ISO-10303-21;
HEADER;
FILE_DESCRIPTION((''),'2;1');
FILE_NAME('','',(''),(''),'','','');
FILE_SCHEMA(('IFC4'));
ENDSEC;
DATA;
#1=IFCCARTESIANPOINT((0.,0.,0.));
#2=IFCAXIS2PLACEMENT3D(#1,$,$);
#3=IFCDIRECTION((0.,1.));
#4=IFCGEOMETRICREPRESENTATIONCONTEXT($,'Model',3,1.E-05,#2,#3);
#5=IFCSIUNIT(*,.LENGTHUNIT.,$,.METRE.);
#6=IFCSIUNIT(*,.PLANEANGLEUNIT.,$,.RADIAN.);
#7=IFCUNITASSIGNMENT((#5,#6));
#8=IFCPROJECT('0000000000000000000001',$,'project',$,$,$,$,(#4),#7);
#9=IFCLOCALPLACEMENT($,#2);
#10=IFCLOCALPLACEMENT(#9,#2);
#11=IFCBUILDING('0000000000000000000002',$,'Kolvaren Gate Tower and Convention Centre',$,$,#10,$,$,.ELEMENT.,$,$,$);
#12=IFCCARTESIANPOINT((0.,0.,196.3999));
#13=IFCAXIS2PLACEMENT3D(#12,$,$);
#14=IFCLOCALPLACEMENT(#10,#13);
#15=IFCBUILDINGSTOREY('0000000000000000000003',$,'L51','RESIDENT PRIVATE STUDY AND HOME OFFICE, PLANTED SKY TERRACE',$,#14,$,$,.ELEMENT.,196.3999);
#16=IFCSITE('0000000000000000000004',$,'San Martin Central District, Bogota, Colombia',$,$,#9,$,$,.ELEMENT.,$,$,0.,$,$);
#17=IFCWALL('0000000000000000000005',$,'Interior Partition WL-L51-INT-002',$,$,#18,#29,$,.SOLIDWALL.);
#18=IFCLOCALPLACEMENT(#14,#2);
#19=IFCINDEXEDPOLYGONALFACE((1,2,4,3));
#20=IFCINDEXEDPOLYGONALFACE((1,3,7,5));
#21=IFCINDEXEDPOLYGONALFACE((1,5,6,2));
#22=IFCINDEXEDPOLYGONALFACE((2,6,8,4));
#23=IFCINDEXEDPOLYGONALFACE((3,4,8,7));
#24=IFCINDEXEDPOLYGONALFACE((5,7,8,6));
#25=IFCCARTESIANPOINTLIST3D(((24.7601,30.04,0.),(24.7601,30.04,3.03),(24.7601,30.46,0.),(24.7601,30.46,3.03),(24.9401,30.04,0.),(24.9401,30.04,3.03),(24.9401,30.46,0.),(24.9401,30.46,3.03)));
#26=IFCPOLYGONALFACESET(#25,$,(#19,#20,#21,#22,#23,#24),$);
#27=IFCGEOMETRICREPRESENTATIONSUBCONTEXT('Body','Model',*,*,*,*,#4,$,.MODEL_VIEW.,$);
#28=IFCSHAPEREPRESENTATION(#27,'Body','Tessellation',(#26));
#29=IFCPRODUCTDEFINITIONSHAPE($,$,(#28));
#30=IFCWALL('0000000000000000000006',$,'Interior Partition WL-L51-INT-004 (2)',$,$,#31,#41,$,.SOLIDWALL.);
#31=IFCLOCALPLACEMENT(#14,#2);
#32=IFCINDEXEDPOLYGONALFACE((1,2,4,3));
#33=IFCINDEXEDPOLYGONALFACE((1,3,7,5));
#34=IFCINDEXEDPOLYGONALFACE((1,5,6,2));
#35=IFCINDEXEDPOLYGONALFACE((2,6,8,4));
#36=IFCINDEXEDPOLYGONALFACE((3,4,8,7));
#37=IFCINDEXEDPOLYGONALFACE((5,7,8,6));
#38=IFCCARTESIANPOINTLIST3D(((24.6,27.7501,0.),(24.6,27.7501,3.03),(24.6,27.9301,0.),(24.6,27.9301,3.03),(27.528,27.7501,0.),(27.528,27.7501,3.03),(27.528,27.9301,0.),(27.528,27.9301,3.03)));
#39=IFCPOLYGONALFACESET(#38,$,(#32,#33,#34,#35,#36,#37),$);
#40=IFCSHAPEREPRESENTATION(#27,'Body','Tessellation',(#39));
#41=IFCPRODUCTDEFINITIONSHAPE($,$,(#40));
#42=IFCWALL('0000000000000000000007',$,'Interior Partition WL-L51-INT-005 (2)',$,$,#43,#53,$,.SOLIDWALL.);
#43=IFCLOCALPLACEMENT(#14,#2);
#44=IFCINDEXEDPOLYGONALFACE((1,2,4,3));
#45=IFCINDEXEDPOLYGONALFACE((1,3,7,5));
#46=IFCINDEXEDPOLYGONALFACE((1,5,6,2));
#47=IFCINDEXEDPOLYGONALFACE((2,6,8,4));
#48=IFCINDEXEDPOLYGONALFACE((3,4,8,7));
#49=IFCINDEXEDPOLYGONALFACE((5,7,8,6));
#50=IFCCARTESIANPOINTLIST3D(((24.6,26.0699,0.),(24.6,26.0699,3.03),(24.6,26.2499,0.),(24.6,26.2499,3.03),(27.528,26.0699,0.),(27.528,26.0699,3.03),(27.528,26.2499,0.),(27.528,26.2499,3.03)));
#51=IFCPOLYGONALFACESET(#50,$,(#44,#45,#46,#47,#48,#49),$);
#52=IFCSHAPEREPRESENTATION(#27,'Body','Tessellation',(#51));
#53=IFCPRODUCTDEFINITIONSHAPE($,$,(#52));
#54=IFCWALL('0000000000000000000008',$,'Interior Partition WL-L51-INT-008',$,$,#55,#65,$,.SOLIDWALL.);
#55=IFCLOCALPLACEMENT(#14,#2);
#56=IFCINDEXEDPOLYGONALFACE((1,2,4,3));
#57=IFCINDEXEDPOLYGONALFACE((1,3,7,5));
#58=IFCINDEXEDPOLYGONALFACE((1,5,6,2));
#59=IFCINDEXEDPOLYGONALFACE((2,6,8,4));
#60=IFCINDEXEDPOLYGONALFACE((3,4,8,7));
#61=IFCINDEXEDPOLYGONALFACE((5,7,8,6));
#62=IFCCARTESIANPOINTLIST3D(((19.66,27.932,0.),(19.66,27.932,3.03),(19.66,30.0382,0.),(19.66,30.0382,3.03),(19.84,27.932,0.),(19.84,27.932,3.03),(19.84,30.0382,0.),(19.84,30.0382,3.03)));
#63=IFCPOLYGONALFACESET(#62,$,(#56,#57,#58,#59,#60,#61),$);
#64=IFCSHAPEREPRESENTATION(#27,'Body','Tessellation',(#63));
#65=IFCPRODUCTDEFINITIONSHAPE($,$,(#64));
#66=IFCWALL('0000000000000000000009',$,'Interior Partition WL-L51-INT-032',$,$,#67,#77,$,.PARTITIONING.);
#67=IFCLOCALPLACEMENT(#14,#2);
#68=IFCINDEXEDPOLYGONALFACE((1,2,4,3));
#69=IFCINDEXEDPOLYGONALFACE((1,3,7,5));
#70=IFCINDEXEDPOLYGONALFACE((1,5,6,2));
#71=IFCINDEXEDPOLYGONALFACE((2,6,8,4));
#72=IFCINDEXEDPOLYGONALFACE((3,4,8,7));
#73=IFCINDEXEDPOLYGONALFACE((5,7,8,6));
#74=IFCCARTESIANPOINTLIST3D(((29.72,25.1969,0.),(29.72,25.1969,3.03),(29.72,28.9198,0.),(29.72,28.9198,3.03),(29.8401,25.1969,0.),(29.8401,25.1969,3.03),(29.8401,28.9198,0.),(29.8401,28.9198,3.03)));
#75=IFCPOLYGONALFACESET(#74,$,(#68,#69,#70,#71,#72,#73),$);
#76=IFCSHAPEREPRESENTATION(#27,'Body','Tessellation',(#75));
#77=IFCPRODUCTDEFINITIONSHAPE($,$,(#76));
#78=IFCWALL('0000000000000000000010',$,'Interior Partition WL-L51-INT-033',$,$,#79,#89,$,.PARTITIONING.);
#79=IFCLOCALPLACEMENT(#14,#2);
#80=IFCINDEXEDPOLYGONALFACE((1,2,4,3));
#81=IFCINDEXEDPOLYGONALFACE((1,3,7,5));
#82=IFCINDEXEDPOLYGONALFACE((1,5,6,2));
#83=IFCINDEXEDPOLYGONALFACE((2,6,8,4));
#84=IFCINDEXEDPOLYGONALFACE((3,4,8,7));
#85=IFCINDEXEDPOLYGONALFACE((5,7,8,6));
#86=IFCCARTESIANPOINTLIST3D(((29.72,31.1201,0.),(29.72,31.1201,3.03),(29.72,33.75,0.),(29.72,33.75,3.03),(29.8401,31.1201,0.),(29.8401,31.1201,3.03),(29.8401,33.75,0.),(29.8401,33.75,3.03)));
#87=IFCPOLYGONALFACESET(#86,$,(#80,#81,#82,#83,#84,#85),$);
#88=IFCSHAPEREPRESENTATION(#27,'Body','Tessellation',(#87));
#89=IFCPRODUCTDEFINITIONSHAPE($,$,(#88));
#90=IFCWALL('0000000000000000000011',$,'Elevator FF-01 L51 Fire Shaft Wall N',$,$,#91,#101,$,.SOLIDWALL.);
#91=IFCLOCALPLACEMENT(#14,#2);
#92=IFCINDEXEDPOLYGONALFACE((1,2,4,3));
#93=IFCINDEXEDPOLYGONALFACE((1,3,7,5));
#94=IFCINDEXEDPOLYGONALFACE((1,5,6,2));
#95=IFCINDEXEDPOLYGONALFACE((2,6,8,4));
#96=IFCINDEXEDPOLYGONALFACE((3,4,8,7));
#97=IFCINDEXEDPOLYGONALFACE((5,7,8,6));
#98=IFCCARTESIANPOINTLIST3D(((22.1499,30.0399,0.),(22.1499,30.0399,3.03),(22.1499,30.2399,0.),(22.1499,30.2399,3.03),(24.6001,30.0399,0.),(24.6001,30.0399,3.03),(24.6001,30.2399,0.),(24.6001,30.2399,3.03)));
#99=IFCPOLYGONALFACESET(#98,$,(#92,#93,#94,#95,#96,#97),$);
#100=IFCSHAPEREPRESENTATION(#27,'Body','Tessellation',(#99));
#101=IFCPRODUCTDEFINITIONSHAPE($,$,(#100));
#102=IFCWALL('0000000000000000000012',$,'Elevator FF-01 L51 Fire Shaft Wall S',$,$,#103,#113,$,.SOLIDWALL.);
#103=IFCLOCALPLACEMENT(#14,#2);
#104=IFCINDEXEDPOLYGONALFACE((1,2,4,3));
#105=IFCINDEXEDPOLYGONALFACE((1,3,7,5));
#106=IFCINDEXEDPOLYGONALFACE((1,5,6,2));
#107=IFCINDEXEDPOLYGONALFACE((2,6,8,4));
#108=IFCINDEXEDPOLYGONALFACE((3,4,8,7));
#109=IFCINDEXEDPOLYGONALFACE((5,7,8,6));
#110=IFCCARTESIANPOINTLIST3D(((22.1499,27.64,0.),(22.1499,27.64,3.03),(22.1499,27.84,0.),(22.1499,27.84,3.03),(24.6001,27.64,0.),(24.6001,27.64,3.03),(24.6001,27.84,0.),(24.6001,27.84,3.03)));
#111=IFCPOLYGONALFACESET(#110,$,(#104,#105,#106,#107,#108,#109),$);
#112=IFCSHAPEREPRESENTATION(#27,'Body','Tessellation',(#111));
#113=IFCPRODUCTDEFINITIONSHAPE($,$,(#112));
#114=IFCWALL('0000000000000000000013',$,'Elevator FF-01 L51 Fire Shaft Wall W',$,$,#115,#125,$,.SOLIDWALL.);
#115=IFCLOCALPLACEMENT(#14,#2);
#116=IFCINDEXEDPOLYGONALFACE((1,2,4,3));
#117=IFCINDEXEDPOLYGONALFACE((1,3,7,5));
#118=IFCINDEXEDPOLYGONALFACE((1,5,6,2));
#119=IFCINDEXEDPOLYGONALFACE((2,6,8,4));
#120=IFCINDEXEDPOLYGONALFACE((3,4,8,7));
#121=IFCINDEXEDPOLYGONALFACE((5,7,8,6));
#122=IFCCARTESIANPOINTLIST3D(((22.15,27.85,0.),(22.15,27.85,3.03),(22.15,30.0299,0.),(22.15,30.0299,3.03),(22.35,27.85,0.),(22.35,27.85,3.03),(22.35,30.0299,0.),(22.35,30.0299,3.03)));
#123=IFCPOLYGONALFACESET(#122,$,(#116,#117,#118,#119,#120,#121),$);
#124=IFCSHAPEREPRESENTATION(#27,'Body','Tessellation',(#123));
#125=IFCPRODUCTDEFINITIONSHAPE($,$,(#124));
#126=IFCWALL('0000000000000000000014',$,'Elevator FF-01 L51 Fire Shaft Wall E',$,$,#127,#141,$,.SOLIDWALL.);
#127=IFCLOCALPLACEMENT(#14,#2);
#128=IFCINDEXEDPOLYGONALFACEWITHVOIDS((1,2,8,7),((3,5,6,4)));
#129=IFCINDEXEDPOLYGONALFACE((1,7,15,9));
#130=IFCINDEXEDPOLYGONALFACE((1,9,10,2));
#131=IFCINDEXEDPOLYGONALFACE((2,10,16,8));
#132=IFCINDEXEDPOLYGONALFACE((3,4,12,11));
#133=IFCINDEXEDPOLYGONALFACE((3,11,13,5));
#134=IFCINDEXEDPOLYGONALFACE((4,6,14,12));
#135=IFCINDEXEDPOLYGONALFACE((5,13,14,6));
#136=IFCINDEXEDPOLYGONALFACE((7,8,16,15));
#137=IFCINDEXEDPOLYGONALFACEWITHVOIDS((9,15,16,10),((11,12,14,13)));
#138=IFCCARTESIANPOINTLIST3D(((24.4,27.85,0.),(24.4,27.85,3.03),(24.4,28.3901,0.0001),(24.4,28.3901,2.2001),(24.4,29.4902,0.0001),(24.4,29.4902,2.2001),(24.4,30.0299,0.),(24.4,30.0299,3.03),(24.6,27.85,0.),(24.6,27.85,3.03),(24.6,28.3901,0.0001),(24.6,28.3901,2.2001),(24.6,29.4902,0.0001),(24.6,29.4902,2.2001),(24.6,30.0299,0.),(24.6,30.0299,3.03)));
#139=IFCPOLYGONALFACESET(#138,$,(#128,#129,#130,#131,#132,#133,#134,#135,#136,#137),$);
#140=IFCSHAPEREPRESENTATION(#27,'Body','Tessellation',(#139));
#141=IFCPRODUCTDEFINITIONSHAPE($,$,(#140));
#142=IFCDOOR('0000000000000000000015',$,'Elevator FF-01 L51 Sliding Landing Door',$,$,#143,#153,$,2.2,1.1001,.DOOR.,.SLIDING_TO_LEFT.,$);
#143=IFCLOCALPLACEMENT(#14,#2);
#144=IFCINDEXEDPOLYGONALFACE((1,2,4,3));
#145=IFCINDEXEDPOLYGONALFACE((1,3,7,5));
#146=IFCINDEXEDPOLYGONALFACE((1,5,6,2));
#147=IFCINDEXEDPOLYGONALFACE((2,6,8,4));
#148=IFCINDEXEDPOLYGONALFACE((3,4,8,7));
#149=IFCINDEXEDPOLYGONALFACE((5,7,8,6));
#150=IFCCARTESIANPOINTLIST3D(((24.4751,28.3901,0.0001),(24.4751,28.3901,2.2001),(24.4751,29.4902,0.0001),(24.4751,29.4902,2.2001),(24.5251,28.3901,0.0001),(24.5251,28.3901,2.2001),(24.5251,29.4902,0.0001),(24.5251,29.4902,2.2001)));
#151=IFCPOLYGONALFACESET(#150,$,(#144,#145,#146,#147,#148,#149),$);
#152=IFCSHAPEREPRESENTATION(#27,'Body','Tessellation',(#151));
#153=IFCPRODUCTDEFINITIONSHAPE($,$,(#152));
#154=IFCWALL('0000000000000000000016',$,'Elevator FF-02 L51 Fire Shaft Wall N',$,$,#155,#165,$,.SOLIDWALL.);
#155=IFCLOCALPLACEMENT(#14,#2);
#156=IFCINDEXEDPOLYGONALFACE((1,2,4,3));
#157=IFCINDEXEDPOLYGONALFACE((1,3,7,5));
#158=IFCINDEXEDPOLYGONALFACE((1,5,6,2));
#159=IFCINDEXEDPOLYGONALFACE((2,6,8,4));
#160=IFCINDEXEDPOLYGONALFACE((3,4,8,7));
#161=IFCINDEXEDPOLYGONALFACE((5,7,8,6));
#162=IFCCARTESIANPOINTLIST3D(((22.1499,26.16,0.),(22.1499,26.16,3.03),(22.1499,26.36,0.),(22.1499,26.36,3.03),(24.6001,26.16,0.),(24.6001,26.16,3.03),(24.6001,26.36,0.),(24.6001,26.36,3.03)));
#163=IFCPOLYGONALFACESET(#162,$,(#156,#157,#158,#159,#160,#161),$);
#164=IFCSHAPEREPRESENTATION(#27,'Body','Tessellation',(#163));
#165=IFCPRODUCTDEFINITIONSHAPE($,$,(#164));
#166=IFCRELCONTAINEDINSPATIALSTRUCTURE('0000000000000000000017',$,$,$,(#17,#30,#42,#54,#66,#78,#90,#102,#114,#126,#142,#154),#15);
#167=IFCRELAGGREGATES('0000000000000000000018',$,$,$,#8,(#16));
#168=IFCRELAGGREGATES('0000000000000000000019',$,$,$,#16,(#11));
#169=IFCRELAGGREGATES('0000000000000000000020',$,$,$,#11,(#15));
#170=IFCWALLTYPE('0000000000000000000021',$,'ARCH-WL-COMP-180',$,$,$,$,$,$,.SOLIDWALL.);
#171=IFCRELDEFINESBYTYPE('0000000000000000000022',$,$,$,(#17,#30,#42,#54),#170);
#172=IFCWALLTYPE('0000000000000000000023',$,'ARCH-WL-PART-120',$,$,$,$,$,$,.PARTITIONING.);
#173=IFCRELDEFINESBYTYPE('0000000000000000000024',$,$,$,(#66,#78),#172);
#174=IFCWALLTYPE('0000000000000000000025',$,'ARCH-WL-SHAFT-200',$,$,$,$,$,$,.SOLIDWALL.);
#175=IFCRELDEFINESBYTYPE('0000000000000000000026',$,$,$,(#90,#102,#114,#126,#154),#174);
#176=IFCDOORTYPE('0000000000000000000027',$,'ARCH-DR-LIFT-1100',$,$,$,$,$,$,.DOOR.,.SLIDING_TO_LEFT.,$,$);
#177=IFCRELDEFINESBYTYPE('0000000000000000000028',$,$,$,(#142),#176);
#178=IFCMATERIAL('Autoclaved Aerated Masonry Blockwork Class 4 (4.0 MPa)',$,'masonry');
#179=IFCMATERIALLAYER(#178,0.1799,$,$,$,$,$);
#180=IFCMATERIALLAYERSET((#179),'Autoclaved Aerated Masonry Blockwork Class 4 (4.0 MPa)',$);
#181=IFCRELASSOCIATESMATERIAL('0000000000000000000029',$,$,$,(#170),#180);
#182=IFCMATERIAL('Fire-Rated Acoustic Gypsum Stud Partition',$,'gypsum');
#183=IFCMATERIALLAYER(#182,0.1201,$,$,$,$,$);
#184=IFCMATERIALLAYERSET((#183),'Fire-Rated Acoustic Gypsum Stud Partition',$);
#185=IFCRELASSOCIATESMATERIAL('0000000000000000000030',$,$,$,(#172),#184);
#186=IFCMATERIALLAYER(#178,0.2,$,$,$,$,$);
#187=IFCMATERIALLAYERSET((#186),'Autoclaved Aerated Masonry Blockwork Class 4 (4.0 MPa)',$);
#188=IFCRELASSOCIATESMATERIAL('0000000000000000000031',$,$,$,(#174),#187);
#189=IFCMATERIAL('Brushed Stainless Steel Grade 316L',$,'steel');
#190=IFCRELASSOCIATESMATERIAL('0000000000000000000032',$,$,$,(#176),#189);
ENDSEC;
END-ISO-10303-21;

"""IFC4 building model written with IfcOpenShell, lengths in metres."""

from ifc_helpers import new_model, si_unit, direction, frame, frame_2d, origin, place, context, subcontext, project, spatial, rectangle, extrude, material, layer, layer_set, type_object, element, fill, save


model = new_model("IFC4")

# Units and contexts
model_context = context("Model", 3, precision=1e-05, world=origin(), true_north=direction((0.0, 1.0)))
body_context = subcontext(model_context, "Body", "Model", "MODEL_VIEW")
ifc_project = project(units=[si_unit("LENGTHUNIT", "METRE"), si_unit("PLANEANGLEUNIT", "RADIAN")], contexts=[model_context])

# Site, building, storey
site_placement = place(None, origin())
site = spatial("IfcSite", under=ifc_project, at=site_placement, Name="San Martin Central District, Bogota, Colombia", CompositionType="ELEMENT", RefElevation=0.0)
building_placement = place(site_placement, origin())
building = spatial("IfcBuilding", under=site, at=building_placement, Name="Kolvaren Gate Tower and Convention Centre", CompositionType="ELEMENT")
storey_placement = place(building_placement, frame((0.0, 0.0, 196.3999)))
storey = spatial("IfcBuildingStorey", under=building, at=storey_placement, Name="L51", Description="RESIDENT PRIVATE STUDY AND HOME OFFICE, PLANTED SKY TERRACE", CompositionType="ELEMENT", Elevation=196.3999)

# Walls
ifc_material_1 = material(Name="Autoclaved Aerated Masonry Blockwork Class 4 (4.0 MPa)", Category="masonry")
ifc_layer_1 = layer(ifc_material_1, 0.1799)
ifc_layer_set_1 = layer_set([ifc_layer_1], Name="Autoclaved Aerated Masonry Blockwork Class 4 (4.0 MPa)")
wall_type_1 = type_object("IfcWallType", Name="ARCH-WL-COMP-180", PredefinedType="SOLIDWALL", material=ifc_layer_set_1)
wall_1_placement = place(storey_placement, frame((24.8501, 30.04, 0.0), z_axis=(0.0, 0.0, 1.0), x_axis=(0.0, 1.0, 0.0)))
element("IfcWall", 1, at=wall_1_placement, inside=storey, type_object=wall_type_1, Name="Interior Partition WL-L51-INT-002", PredefinedType="SOLIDWALL", context=body_context, shape_type="SweptSolid", body=[
    extrude(rectangle(XDim=0.4199, YDim=0.1799, at=frame_2d((0.21, 0.0))), origin(), (0.0, 0.0, 1.0), 3.03),
])
for number, where, z_axis, x_axis, name in (
    (2, (24.6001, 27.8401, 0.0), (0.0, 0.0, 1.0), (1.0, 0.0, 0.0), "Interior Partition WL-L51-INT-004 (2)"),
    (3, (24.6001, 26.1599, 0.0), (0.0, 0.0, 1.0), (1.0, 0.0, 0.0), "Interior Partition WL-L51-INT-005 (2)"),
):
    element("IfcWall", number, at=place(storey_placement, frame(where, z_axis=z_axis, x_axis=x_axis)), inside=storey, type_object=wall_type_1, Name=name, PredefinedType="SOLIDWALL", context=body_context, shape_type="SweptSolid", body=[
        extrude(rectangle(XDim=2.928, YDim=0.1799, at=frame_2d((1.4639, 0.0))), origin(), (0.0, 0.0, 1.0), 3.03),
    ])
wall_2_placement = place(storey_placement, frame((19.75, 27.9319, 0.0), z_axis=(0.0, 0.0, 1.0), x_axis=(0.0, 1.0, 0.0)))
element("IfcWall", 4, at=wall_2_placement, inside=storey, type_object=wall_type_1, Name="Interior Partition WL-L51-INT-008", PredefinedType="SOLIDWALL", context=body_context, shape_type="SweptSolid", body=[
    extrude(rectangle(XDim=2.1062, YDim=0.1799, at=frame_2d((1.0532, 0.0))), origin(), (0.0, 0.0, 1.0), 3.03),
])
ifc_material_2 = material(Name="Fire-Rated Acoustic Gypsum Stud Partition", Category="gypsum")
ifc_layer_2 = layer(ifc_material_2, 0.1201)
ifc_layer_set_2 = layer_set([ifc_layer_2], Name="Fire-Rated Acoustic Gypsum Stud Partition")
wall_type_2 = type_object("IfcWallType", Name="ARCH-WL-PART-120", PredefinedType="PARTITIONING", material=ifc_layer_set_2)
wall_3_placement = place(storey_placement, frame((29.78, 25.197, 0.0), z_axis=(0.0, 0.0, 1.0), x_axis=(0.0, 1.0, 0.0)))
element("IfcWall", 5, at=wall_3_placement, inside=storey, type_object=wall_type_2, Name="Interior Partition WL-L51-INT-032", PredefinedType="PARTITIONING", context=body_context, shape_type="SweptSolid", body=[
    extrude(rectangle(XDim=3.7229, YDim=0.1201, at=frame_2d((1.8613, 0.0))), origin(), (0.0, 0.0, 1.0), 3.03),
])
wall_4_placement = place(storey_placement, frame((29.78, 31.1201, 0.0), z_axis=(0.0, 0.0, 1.0), x_axis=(0.0, 1.0, 0.0)))
element("IfcWall", 6, at=wall_4_placement, inside=storey, type_object=wall_type_2, Name="Interior Partition WL-L51-INT-033", PredefinedType="PARTITIONING", context=body_context, shape_type="SweptSolid", body=[
    extrude(rectangle(XDim=2.6299, YDim=0.1201, at=frame_2d((1.3149, 0.0))), origin(), (0.0, 0.0, 1.0), 3.03),
])
ifc_layer_3 = layer(ifc_material_1, 0.2)
ifc_layer_set_3 = layer_set([ifc_layer_3], Name="Autoclaved Aerated Masonry Blockwork Class 4 (4.0 MPa)")
wall_type_3 = type_object("IfcWallType", Name="ARCH-WL-SHAFT-200", PredefinedType="SOLIDWALL", material=ifc_layer_set_3)
for number, where, z_axis, x_axis, name in (
    (7, (22.1499, 30.1399, 0.0), (0.0, 0.0, 1.0), (1.0, 0.0, 0.0), "Elevator FF-01 L51 Fire Shaft Wall N"),
    (8, (22.1499, 27.74, 0.0), (0.0, 0.0, 1.0), (1.0, 0.0, 0.0), "Elevator FF-01 L51 Fire Shaft Wall S"),
):
    element("IfcWall", number, at=place(storey_placement, frame(where, z_axis=z_axis, x_axis=x_axis)), inside=storey, type_object=wall_type_3, Name=name, PredefinedType="SOLIDWALL", context=body_context, shape_type="SweptSolid", body=[
        extrude(rectangle(XDim=2.4502, YDim=0.2, at=frame_2d((1.2251, 0.0))), origin(), (0.0, 0.0, 1.0), 3.03),
    ])
wall_5_placement = place(storey_placement, frame((22.25, 27.8501, 0.0), z_axis=(0.0, 0.0, 1.0), x_axis=(0.0, 1.0, 0.0)))
element("IfcWall", 9, at=wall_5_placement, inside=storey, type_object=wall_type_3, Name="Elevator FF-01 L51 Fire Shaft Wall W", PredefinedType="SOLIDWALL", context=body_context, shape_type="SweptSolid", body=[
    extrude(rectangle(XDim=2.1799, YDim=0.2, at=frame_2d((1.0898, 0.0))), origin(), (0.0, 0.0, 1.0), 3.03),
])

# Wall, opening, door
wall_6_placement = place(storey_placement, frame((24.5, 27.8501, 0.0), z_axis=(0.0, 0.0, 1.0), x_axis=(0.0, 1.0, 0.0)))
wall_6 = element("IfcWall", 10, at=wall_6_placement, inside=storey, type_object=wall_type_3, Name="Elevator FF-01 L51 Fire Shaft Wall E", PredefinedType="SOLIDWALL", context=body_context, shape_type="SweptSolid", body=[
    extrude(rectangle(XDim=2.1799, YDim=0.2, at=frame_2d((1.0898, 0.0))), origin(), (0.0, 0.0, 1.0), 3.03),
])
opening_1_placement = place(wall_6_placement, frame((0.54, 0.0, 0.0)))
opening_1 = element("IfcOpeningElement", 11, at=opening_1_placement, cuts=wall_6, PredefinedType="OPENING", context=body_context, shape_type="SweptSolid", body=[
    extrude(rectangle(XDim=1.1001, YDim=2.2, at=frame_2d((0.55, 1.1001))), frame((0.0, 0.1099, 0.0), z_axis=(0.0, -1.0, 0.0), x_axis=(1.0, 0.0, 0.0)), (0.0, 0.0, 1.0), 0.22),
])
ifc_material_3 = material(Name="Brushed Stainless Steel Grade 316L", Category="steel")
door_type_1 = type_object("IfcDoorType", Name="ARCH-DR-LIFT-1100", OperationType="SLIDING_TO_LEFT", PredefinedType="DOOR", material=ifc_material_3)
door_1_placement = place(opening_1_placement, origin())
door_1 = element("IfcDoor", 12, at=door_1_placement, inside=storey, type_object=door_type_1, Name="Elevator FF-01 L51 Sliding Landing Door", OperationType="SLIDING_TO_LEFT", OverallHeight=2.2, OverallWidth=1.1001, PredefinedType="DOOR", context=body_context, shape_type="SweptSolid", body=[
    extrude(rectangle(XDim=1.1001, YDim=2.2, at=frame_2d((0.55, 1.1001))), frame((0.0, 0.0249, 0.0), z_axis=(0.0, -1.0, 0.0), x_axis=(1.0, 0.0, 0.0)), (0.0, 0.0, 1.0), 0.05),
])
fill(opening_1, door_1)

# Wall
wall_7_placement = place(storey_placement, frame((22.1499, 26.26, 0.0), z_axis=(0.0, 0.0, 1.0), x_axis=(1.0, 0.0, 0.0)))
element("IfcWall", 13, at=wall_7_placement, inside=storey, type_object=wall_type_3, Name="Elevator FF-02 L51 Fire Shaft Wall N", PredefinedType="SOLIDWALL", context=body_context, shape_type="SweptSolid", body=[
    extrude(rectangle(XDim=2.4502, YDim=0.2, at=frame_2d((1.2251, 0.0))), origin(), (0.0, 0.0, 1.0), 3.03),
])

save(model, "model.ifc")
